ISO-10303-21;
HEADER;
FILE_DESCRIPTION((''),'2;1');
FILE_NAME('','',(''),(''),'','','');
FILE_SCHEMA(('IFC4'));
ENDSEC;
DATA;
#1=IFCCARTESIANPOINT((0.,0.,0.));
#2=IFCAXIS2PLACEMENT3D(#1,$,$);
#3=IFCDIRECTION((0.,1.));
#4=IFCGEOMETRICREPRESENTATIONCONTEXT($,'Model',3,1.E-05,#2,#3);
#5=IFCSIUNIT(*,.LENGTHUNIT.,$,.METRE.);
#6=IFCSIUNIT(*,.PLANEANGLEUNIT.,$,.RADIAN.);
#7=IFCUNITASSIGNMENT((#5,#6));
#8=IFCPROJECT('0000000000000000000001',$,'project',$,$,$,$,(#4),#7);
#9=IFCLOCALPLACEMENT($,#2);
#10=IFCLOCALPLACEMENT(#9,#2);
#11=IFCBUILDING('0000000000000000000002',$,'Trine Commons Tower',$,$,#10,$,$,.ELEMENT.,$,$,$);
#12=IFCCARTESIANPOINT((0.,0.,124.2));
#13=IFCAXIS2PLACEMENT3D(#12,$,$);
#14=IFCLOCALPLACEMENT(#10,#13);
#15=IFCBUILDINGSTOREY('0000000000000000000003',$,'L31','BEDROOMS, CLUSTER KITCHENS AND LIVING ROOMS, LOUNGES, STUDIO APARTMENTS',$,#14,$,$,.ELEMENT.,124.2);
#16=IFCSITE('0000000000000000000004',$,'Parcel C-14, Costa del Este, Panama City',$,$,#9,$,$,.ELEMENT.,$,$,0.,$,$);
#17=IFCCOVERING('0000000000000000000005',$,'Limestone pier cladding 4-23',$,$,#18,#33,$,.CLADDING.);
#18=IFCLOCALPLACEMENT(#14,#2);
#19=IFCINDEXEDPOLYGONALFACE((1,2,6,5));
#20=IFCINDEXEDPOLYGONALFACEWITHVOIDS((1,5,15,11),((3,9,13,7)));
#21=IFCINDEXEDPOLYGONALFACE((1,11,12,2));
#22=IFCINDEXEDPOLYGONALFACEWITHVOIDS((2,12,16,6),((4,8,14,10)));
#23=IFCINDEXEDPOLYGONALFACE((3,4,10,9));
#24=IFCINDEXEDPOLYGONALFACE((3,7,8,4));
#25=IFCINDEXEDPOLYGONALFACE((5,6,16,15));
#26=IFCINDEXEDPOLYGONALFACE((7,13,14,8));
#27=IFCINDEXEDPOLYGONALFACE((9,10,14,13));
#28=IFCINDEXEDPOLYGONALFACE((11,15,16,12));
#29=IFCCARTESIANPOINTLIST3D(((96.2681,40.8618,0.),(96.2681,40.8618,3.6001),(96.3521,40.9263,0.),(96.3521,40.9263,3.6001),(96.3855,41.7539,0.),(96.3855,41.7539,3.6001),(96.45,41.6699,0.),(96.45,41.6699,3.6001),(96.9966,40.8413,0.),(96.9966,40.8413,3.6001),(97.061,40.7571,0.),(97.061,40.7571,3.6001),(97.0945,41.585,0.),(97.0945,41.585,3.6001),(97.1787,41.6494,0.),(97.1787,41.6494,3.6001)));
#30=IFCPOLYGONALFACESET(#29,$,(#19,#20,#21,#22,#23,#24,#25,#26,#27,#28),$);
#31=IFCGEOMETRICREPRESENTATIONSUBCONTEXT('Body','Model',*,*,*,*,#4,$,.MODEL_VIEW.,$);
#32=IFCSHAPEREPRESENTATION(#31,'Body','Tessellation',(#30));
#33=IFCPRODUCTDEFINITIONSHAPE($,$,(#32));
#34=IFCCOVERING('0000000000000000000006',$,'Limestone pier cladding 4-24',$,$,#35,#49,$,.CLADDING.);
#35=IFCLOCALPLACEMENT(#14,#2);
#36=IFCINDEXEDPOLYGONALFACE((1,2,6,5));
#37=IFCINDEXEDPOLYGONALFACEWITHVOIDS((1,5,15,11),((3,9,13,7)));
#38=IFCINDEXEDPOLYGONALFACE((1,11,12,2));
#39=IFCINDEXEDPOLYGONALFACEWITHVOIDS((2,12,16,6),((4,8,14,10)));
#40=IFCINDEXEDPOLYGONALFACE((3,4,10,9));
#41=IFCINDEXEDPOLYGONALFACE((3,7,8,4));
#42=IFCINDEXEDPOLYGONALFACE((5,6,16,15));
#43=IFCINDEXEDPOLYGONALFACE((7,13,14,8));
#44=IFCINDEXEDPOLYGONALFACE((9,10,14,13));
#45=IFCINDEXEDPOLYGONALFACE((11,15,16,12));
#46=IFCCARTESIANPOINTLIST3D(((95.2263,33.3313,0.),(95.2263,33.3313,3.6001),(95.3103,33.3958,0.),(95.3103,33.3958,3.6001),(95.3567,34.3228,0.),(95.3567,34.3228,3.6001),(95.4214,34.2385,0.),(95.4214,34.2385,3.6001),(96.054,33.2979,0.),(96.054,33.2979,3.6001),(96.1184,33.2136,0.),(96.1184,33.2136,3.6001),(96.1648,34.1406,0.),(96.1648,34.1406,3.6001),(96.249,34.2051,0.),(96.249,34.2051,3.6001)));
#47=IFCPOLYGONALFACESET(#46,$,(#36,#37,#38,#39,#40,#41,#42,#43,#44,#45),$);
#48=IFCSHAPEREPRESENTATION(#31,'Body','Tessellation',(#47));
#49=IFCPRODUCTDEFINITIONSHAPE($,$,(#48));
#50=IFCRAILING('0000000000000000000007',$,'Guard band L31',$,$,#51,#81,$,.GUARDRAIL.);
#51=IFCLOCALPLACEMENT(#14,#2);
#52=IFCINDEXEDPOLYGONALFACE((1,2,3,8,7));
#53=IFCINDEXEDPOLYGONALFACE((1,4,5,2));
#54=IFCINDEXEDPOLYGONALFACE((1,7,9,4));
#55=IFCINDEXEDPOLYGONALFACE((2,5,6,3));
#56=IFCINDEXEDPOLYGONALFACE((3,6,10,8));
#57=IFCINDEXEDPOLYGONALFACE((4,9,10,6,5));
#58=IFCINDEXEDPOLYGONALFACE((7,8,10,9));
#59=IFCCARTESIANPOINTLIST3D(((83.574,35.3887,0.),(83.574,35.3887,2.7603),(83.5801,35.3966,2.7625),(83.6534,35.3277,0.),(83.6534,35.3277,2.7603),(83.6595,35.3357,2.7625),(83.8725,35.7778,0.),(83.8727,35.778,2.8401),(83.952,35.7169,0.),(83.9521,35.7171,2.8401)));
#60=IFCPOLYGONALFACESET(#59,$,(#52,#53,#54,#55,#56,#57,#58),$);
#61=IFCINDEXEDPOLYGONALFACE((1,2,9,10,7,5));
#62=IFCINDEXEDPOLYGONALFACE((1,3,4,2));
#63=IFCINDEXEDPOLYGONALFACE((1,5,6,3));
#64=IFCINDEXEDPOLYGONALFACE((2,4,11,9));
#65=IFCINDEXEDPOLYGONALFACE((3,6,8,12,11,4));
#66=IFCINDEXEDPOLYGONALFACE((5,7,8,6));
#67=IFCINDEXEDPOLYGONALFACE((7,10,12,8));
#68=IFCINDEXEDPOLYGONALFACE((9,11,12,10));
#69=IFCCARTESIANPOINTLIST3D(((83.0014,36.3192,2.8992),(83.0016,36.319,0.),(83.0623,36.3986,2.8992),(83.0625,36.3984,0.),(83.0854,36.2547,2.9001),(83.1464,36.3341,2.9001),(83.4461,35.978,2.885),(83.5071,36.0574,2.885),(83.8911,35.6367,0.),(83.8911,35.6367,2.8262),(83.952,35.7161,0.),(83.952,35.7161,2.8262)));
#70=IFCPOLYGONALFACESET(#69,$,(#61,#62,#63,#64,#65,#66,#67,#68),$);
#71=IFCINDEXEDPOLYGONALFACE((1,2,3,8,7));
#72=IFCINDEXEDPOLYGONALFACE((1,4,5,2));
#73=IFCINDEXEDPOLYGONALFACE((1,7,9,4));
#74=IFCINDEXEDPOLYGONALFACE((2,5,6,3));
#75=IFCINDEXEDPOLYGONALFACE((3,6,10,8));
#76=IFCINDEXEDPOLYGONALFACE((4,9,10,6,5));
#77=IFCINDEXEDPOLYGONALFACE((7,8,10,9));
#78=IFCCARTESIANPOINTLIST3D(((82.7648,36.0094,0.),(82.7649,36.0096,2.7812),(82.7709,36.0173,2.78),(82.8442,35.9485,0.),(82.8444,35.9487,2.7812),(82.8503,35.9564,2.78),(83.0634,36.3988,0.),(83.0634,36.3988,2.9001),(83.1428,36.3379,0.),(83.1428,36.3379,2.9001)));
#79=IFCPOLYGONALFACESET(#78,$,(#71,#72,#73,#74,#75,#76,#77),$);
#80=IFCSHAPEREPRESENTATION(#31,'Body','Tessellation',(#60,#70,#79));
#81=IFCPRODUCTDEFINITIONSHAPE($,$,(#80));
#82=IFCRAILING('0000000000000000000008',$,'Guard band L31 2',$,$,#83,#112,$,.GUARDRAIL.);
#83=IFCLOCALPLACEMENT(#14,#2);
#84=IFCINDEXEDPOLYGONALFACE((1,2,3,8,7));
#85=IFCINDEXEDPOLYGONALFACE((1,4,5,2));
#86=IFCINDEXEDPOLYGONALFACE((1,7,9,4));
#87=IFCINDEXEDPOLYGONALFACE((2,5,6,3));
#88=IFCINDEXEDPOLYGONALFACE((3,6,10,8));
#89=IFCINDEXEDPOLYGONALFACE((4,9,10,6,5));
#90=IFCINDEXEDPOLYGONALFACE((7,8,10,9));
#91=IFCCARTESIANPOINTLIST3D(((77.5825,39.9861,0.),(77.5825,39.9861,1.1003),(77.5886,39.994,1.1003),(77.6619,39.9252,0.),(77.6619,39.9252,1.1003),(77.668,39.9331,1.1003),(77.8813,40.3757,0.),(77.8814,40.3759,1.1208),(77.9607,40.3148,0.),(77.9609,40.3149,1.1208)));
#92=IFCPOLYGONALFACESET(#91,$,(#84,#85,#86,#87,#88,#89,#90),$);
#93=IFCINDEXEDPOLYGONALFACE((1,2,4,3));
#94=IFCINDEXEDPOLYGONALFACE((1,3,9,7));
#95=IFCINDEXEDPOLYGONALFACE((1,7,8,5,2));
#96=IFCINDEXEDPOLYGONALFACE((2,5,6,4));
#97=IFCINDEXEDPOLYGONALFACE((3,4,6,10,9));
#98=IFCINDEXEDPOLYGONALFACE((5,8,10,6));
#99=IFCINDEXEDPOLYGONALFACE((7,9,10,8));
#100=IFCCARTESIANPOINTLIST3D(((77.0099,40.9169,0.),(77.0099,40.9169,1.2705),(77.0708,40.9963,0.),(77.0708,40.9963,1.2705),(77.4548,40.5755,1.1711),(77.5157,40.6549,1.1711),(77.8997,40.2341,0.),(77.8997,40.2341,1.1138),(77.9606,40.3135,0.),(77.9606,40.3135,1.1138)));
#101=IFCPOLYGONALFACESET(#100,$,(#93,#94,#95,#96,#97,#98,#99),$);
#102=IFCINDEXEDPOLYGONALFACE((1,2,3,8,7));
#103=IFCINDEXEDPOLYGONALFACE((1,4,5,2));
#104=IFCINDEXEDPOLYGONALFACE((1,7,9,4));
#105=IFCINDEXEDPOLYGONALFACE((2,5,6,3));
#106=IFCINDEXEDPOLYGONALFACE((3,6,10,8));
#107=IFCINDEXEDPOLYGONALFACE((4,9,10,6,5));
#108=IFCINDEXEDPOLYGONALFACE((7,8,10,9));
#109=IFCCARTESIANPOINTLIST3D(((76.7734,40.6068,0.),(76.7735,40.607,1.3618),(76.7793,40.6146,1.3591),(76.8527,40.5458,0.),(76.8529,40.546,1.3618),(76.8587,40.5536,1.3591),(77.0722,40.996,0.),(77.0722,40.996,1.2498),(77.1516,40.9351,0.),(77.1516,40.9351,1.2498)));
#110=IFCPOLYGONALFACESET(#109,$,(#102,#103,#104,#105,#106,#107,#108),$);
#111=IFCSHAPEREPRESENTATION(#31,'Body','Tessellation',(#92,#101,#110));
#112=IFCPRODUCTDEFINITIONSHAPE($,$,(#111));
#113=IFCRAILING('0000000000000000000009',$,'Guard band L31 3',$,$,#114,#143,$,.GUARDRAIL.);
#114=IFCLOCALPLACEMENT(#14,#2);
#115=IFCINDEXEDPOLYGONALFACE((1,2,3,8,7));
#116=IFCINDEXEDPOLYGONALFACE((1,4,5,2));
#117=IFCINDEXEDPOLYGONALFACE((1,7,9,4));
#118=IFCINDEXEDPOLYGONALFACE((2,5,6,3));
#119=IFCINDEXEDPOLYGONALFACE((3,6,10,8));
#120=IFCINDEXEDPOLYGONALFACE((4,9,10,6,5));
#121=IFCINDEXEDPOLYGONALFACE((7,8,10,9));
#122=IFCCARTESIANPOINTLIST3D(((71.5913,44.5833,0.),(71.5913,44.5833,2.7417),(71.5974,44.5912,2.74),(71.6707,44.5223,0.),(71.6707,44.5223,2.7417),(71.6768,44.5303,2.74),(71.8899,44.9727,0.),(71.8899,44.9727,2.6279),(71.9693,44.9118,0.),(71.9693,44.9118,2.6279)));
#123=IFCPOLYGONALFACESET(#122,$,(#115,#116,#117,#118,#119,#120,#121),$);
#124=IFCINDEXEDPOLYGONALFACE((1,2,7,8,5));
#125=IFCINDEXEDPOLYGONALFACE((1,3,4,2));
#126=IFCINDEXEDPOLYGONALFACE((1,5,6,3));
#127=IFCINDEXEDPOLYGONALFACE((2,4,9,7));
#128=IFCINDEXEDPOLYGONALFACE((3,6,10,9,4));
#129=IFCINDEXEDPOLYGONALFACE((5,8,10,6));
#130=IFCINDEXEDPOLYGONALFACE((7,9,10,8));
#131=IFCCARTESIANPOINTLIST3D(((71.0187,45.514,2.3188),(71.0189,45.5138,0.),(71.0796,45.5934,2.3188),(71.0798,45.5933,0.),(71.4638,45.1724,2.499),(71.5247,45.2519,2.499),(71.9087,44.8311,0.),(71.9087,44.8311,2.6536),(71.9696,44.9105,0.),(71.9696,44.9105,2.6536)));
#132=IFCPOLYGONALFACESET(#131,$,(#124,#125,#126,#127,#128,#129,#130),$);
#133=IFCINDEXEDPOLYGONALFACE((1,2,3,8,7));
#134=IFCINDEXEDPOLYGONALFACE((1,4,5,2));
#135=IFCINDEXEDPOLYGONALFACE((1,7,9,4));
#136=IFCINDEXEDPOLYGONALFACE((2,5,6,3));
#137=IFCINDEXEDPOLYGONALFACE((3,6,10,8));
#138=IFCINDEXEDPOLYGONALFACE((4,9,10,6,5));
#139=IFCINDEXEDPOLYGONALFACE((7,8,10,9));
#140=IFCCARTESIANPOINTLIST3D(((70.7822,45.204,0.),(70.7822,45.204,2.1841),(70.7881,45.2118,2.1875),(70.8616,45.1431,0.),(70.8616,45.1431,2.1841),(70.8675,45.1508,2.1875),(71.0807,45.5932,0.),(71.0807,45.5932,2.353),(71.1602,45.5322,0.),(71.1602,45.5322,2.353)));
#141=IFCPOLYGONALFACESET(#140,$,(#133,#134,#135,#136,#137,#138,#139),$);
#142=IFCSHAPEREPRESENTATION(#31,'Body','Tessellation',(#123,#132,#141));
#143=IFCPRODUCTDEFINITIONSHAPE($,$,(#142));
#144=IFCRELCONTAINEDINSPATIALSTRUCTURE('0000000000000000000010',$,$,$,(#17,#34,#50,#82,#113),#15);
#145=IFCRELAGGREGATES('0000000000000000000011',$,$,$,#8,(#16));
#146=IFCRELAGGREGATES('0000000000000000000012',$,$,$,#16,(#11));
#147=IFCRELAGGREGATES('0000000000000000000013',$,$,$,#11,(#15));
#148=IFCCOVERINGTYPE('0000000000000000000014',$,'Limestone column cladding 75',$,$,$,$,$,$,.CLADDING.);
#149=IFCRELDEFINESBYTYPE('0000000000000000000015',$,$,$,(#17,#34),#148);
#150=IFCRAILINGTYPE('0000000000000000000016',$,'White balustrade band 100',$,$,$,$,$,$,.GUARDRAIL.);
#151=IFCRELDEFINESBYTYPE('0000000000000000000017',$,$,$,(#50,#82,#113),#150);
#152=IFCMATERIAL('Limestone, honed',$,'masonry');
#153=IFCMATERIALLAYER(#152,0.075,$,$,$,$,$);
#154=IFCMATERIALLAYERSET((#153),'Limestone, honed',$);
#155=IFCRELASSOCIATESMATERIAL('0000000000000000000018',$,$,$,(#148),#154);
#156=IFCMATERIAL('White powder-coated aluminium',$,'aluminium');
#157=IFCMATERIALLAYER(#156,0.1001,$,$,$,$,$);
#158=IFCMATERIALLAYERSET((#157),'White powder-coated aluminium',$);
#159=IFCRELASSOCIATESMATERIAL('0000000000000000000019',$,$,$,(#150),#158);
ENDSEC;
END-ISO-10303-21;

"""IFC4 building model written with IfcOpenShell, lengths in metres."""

from ifc_helpers import new_model, si_unit, direction, frame, origin, place, context, subcontext, project, spatial, polyline, outline, extrude, material, layer, layer_set, type_object, element, save


model = new_model("IFC4")

# Units and contexts
model_context = context("Model", 3, precision=1e-05, world=origin(), true_north=direction((0.0, 1.0)))
body_context = subcontext(model_context, "Body", "Model", "MODEL_VIEW")
ifc_project = project(units=[si_unit("LENGTHUNIT", "METRE"), si_unit("PLANEANGLEUNIT", "RADIAN")], contexts=[model_context])

# Site, building, storey
site_placement = place(None, origin())
site = spatial("IfcSite", under=ifc_project, at=site_placement, Name="Parcel C-14, Costa del Este, Panama City", CompositionType="ELEMENT", RefElevation=0.0)
building_placement = place(site_placement, origin())
building = spatial("IfcBuilding", under=site, at=building_placement, Name="Trine Commons Tower", CompositionType="ELEMENT")
storey_placement = place(building_placement, frame((0.0, 0.0, 124.2)))
storey = spatial("IfcBuildingStorey", under=building, at=storey_placement, Name="L31", Description="BEDROOMS, CLUSTER KITCHENS AND LIVING ROOMS, LOUNGES, STUDIO APARTMENTS", CompositionType="ELEMENT", Elevation=124.2)

# Coverings
ifc_material_1 = material(Name="Limestone, honed", Category="masonry")
ifc_layer_1 = layer(ifc_material_1, 0.075)
ifc_layer_set_1 = layer_set([ifc_layer_1], Name="Limestone, honed")
covering_type = type_object("IfcCoveringType", Name="Limestone column cladding 75", PredefinedType="CLADDING", material=ifc_layer_set_1)
covering_1_placement = place(storey_placement, origin())
element("IfcCovering", 1, at=covering_1_placement, inside=storey, type_object=covering_type, Name="Limestone pier cladding 4-23", PredefinedType="CLADDING", context=body_context, shape_type="SweptSolid", body=[
    extrude(outline(polyline([(97.1787, 41.6494), (96.3855, 41.7539), (96.2681, 40.8618), (97.061, 40.7571), (97.1787, 41.6494)]), holes=[polyline([(97.0945, 41.585), (96.45, 41.6699), (96.3521, 40.9263), (96.9966, 40.8413), (97.0945, 41.585)])]), origin(), (0.0, 0.0, 1.0), 3.6001),
])
covering_2_placement = place(storey_placement, origin())
element("IfcCovering", 2, at=covering_2_placement, inside=storey, type_object=covering_type, Name="Limestone pier cladding 4-24", PredefinedType="CLADDING", context=body_context, shape_type="SweptSolid", body=[
    extrude(outline(polyline([(96.249, 34.2051), (95.3567, 34.3228), (95.2263, 33.3313), (96.1184, 33.2136), (96.249, 34.2051)]), holes=[polyline([(96.1648, 34.1406), (95.4214, 34.2385), (95.3103, 33.3958), (96.054, 33.2979), (96.1648, 34.1406)])]), origin(), (0.0, 0.0, 1.0), 3.6001),
])

# Railings
ifc_material_2 = material(Name="White powder-coated aluminium", Category="aluminium")
ifc_layer_2 = layer(ifc_material_2, 0.1001)
ifc_layer_set_2 = layer_set([ifc_layer_2], Name="White powder-coated aluminium")
railing_type = type_object("IfcRailingType", Name="White balustrade band 100", PredefinedType="GUARDRAIL", material=ifc_layer_set_2)
railing_1_placement = place(storey_placement, origin())
element("IfcRailing", 3, at=railing_1_placement, inside=storey, type_object=railing_type, Name="Guard band L31", PredefinedType="GUARDRAIL", context=body_context, shape_type="SweptSolid", body=[
    extrude(outline(polyline([(0.0, 0.0), (0.4905, 0.0), (0.4907, 2.8401), (0.4907, 2.8401), (0.01, 2.7625), (0.0, 2.7603), (0.0, 0.0)])), frame((83.574, 35.3887, 0.0), z_axis=(0.793382, -0.608724, 0.0), x_axis=(0.608724, 0.793382, 0.0)), (0.0, 0.0, 1.0), 0.1001),
    extrude(outline(polyline([(0.0, 0.0), (1.1211, 0.0), (1.1213, 2.8992), (1.0154, 2.9001), (0.5608, 2.885), (0.0, 2.8262), (0.0, 0.0)])), frame((83.8911, 35.6367, 0.0), z_axis=(0.608605, 0.793473, 0.0), x_axis=(-0.793473, 0.608605, 0.0)), (0.0, 0.0, 1.0), 0.1001),
    extrude(outline(polyline([(0.0, 0.0), (0.4907, 0.0), (0.4905, 2.7812), (0.4807, 2.78), (0.0, 2.9001), (0.0, 0.0)])), frame((83.1428, 36.3379, 0.0), z_axis=(-0.793566, 0.608484, 0.0), x_axis=(-0.608484, -0.793566, 0.0)), (0.0, 0.0, 1.0), 0.1001),
])
railing_2_placement = place(storey_placement, origin())
element("IfcRailing", 4, at=railing_2_placement, inside=storey, type_object=railing_type, Name="Guard band L31 2", PredefinedType="GUARDRAIL", context=body_context, shape_type="SweptSolid", body=[
    extrude(outline(polyline([(0.0, 0.0), (0.491, 0.0), (0.4912, 1.1208), (0.4912, 1.1208), (0.01, 1.1003), (0.0, 1.1003), (0.0, 0.0)])), frame((77.5825, 39.9861, 0.0), z_axis=(0.79351, -0.608557, 0.0), x_axis=(0.608557, 0.79351, 0.0)), (0.0, 0.0, 1.0), 0.1001),
    extrude(outline(polyline([(0.0, 0.0), (1.1216, 0.0), (1.1216, 1.2705), (0.5608, 1.1711), (0.0, 1.1138), (0.0, 0.0)])), frame((77.8997, 40.2341, 0.0), z_axis=(0.608774, 0.793344, 0.0), x_axis=(-0.793344, 0.608774, 0.0)), (0.0, 0.0, 1.0), 0.1001),
    extrude(outline(polyline([(0.0, 0.0), (0.4907, 0.0), (0.4905, 1.3618), (0.481, 1.3591), (0.0, 1.2498), (0.0, 0.0)])), frame((77.1516, 40.9351, 0.0), z_axis=(-0.793142, 0.609037, 0.0), x_axis=(-0.609037, -0.793142, 0.0)), (0.0, 0.0, 1.0), 0.1001),
])
railing_3_placement = place(storey_placement, origin())
element("IfcRailing", 5, at=railing_3_placement, inside=storey, type_object=railing_type, Name="Guard band L31 3", PredefinedType="GUARDRAIL", context=body_context, shape_type="SweptSolid", body=[
    extrude(outline(polyline([(0.0, 0.0), (0.4907, 0.0), (0.4907, 2.6279), (0.01, 2.74), (0.0, 2.7417), (0.0, 0.0)])), frame((71.5913, 44.5833, 0.0), z_axis=(0.793566, -0.608484, 0.0), x_axis=(0.608484, 0.793566, 0.0)), (0.0, 0.0, 1.0), 0.1001),
    extrude(outline(polyline([(0.0, 0.0), (1.1216, 0.0), (1.1218, 2.3188), (0.5608, 2.499), (0.0, 2.6536), (0.0, 0.0)])), frame((71.9087, 44.8311, 0.0), z_axis=(0.608774, 0.793344, 0.0), x_axis=(-0.793344, 0.608774, 0.0)), (0.0, 0.0, 1.0), 0.1001),
    extrude(outline(polyline([(0.0, 0.0), (0.4905, 0.0), (0.4905, 2.1841), (0.4807, 2.1875), (0.0, 2.353), (0.0, 0.0)])), frame((71.1602, 45.5322, 0.0), z_axis=(-0.793382, 0.608724, 0.0), x_axis=(-0.608724, -0.793382, 0.0)), (0.0, 0.0, 1.0), 0.1001),
])

save(model, "model.ifc")
